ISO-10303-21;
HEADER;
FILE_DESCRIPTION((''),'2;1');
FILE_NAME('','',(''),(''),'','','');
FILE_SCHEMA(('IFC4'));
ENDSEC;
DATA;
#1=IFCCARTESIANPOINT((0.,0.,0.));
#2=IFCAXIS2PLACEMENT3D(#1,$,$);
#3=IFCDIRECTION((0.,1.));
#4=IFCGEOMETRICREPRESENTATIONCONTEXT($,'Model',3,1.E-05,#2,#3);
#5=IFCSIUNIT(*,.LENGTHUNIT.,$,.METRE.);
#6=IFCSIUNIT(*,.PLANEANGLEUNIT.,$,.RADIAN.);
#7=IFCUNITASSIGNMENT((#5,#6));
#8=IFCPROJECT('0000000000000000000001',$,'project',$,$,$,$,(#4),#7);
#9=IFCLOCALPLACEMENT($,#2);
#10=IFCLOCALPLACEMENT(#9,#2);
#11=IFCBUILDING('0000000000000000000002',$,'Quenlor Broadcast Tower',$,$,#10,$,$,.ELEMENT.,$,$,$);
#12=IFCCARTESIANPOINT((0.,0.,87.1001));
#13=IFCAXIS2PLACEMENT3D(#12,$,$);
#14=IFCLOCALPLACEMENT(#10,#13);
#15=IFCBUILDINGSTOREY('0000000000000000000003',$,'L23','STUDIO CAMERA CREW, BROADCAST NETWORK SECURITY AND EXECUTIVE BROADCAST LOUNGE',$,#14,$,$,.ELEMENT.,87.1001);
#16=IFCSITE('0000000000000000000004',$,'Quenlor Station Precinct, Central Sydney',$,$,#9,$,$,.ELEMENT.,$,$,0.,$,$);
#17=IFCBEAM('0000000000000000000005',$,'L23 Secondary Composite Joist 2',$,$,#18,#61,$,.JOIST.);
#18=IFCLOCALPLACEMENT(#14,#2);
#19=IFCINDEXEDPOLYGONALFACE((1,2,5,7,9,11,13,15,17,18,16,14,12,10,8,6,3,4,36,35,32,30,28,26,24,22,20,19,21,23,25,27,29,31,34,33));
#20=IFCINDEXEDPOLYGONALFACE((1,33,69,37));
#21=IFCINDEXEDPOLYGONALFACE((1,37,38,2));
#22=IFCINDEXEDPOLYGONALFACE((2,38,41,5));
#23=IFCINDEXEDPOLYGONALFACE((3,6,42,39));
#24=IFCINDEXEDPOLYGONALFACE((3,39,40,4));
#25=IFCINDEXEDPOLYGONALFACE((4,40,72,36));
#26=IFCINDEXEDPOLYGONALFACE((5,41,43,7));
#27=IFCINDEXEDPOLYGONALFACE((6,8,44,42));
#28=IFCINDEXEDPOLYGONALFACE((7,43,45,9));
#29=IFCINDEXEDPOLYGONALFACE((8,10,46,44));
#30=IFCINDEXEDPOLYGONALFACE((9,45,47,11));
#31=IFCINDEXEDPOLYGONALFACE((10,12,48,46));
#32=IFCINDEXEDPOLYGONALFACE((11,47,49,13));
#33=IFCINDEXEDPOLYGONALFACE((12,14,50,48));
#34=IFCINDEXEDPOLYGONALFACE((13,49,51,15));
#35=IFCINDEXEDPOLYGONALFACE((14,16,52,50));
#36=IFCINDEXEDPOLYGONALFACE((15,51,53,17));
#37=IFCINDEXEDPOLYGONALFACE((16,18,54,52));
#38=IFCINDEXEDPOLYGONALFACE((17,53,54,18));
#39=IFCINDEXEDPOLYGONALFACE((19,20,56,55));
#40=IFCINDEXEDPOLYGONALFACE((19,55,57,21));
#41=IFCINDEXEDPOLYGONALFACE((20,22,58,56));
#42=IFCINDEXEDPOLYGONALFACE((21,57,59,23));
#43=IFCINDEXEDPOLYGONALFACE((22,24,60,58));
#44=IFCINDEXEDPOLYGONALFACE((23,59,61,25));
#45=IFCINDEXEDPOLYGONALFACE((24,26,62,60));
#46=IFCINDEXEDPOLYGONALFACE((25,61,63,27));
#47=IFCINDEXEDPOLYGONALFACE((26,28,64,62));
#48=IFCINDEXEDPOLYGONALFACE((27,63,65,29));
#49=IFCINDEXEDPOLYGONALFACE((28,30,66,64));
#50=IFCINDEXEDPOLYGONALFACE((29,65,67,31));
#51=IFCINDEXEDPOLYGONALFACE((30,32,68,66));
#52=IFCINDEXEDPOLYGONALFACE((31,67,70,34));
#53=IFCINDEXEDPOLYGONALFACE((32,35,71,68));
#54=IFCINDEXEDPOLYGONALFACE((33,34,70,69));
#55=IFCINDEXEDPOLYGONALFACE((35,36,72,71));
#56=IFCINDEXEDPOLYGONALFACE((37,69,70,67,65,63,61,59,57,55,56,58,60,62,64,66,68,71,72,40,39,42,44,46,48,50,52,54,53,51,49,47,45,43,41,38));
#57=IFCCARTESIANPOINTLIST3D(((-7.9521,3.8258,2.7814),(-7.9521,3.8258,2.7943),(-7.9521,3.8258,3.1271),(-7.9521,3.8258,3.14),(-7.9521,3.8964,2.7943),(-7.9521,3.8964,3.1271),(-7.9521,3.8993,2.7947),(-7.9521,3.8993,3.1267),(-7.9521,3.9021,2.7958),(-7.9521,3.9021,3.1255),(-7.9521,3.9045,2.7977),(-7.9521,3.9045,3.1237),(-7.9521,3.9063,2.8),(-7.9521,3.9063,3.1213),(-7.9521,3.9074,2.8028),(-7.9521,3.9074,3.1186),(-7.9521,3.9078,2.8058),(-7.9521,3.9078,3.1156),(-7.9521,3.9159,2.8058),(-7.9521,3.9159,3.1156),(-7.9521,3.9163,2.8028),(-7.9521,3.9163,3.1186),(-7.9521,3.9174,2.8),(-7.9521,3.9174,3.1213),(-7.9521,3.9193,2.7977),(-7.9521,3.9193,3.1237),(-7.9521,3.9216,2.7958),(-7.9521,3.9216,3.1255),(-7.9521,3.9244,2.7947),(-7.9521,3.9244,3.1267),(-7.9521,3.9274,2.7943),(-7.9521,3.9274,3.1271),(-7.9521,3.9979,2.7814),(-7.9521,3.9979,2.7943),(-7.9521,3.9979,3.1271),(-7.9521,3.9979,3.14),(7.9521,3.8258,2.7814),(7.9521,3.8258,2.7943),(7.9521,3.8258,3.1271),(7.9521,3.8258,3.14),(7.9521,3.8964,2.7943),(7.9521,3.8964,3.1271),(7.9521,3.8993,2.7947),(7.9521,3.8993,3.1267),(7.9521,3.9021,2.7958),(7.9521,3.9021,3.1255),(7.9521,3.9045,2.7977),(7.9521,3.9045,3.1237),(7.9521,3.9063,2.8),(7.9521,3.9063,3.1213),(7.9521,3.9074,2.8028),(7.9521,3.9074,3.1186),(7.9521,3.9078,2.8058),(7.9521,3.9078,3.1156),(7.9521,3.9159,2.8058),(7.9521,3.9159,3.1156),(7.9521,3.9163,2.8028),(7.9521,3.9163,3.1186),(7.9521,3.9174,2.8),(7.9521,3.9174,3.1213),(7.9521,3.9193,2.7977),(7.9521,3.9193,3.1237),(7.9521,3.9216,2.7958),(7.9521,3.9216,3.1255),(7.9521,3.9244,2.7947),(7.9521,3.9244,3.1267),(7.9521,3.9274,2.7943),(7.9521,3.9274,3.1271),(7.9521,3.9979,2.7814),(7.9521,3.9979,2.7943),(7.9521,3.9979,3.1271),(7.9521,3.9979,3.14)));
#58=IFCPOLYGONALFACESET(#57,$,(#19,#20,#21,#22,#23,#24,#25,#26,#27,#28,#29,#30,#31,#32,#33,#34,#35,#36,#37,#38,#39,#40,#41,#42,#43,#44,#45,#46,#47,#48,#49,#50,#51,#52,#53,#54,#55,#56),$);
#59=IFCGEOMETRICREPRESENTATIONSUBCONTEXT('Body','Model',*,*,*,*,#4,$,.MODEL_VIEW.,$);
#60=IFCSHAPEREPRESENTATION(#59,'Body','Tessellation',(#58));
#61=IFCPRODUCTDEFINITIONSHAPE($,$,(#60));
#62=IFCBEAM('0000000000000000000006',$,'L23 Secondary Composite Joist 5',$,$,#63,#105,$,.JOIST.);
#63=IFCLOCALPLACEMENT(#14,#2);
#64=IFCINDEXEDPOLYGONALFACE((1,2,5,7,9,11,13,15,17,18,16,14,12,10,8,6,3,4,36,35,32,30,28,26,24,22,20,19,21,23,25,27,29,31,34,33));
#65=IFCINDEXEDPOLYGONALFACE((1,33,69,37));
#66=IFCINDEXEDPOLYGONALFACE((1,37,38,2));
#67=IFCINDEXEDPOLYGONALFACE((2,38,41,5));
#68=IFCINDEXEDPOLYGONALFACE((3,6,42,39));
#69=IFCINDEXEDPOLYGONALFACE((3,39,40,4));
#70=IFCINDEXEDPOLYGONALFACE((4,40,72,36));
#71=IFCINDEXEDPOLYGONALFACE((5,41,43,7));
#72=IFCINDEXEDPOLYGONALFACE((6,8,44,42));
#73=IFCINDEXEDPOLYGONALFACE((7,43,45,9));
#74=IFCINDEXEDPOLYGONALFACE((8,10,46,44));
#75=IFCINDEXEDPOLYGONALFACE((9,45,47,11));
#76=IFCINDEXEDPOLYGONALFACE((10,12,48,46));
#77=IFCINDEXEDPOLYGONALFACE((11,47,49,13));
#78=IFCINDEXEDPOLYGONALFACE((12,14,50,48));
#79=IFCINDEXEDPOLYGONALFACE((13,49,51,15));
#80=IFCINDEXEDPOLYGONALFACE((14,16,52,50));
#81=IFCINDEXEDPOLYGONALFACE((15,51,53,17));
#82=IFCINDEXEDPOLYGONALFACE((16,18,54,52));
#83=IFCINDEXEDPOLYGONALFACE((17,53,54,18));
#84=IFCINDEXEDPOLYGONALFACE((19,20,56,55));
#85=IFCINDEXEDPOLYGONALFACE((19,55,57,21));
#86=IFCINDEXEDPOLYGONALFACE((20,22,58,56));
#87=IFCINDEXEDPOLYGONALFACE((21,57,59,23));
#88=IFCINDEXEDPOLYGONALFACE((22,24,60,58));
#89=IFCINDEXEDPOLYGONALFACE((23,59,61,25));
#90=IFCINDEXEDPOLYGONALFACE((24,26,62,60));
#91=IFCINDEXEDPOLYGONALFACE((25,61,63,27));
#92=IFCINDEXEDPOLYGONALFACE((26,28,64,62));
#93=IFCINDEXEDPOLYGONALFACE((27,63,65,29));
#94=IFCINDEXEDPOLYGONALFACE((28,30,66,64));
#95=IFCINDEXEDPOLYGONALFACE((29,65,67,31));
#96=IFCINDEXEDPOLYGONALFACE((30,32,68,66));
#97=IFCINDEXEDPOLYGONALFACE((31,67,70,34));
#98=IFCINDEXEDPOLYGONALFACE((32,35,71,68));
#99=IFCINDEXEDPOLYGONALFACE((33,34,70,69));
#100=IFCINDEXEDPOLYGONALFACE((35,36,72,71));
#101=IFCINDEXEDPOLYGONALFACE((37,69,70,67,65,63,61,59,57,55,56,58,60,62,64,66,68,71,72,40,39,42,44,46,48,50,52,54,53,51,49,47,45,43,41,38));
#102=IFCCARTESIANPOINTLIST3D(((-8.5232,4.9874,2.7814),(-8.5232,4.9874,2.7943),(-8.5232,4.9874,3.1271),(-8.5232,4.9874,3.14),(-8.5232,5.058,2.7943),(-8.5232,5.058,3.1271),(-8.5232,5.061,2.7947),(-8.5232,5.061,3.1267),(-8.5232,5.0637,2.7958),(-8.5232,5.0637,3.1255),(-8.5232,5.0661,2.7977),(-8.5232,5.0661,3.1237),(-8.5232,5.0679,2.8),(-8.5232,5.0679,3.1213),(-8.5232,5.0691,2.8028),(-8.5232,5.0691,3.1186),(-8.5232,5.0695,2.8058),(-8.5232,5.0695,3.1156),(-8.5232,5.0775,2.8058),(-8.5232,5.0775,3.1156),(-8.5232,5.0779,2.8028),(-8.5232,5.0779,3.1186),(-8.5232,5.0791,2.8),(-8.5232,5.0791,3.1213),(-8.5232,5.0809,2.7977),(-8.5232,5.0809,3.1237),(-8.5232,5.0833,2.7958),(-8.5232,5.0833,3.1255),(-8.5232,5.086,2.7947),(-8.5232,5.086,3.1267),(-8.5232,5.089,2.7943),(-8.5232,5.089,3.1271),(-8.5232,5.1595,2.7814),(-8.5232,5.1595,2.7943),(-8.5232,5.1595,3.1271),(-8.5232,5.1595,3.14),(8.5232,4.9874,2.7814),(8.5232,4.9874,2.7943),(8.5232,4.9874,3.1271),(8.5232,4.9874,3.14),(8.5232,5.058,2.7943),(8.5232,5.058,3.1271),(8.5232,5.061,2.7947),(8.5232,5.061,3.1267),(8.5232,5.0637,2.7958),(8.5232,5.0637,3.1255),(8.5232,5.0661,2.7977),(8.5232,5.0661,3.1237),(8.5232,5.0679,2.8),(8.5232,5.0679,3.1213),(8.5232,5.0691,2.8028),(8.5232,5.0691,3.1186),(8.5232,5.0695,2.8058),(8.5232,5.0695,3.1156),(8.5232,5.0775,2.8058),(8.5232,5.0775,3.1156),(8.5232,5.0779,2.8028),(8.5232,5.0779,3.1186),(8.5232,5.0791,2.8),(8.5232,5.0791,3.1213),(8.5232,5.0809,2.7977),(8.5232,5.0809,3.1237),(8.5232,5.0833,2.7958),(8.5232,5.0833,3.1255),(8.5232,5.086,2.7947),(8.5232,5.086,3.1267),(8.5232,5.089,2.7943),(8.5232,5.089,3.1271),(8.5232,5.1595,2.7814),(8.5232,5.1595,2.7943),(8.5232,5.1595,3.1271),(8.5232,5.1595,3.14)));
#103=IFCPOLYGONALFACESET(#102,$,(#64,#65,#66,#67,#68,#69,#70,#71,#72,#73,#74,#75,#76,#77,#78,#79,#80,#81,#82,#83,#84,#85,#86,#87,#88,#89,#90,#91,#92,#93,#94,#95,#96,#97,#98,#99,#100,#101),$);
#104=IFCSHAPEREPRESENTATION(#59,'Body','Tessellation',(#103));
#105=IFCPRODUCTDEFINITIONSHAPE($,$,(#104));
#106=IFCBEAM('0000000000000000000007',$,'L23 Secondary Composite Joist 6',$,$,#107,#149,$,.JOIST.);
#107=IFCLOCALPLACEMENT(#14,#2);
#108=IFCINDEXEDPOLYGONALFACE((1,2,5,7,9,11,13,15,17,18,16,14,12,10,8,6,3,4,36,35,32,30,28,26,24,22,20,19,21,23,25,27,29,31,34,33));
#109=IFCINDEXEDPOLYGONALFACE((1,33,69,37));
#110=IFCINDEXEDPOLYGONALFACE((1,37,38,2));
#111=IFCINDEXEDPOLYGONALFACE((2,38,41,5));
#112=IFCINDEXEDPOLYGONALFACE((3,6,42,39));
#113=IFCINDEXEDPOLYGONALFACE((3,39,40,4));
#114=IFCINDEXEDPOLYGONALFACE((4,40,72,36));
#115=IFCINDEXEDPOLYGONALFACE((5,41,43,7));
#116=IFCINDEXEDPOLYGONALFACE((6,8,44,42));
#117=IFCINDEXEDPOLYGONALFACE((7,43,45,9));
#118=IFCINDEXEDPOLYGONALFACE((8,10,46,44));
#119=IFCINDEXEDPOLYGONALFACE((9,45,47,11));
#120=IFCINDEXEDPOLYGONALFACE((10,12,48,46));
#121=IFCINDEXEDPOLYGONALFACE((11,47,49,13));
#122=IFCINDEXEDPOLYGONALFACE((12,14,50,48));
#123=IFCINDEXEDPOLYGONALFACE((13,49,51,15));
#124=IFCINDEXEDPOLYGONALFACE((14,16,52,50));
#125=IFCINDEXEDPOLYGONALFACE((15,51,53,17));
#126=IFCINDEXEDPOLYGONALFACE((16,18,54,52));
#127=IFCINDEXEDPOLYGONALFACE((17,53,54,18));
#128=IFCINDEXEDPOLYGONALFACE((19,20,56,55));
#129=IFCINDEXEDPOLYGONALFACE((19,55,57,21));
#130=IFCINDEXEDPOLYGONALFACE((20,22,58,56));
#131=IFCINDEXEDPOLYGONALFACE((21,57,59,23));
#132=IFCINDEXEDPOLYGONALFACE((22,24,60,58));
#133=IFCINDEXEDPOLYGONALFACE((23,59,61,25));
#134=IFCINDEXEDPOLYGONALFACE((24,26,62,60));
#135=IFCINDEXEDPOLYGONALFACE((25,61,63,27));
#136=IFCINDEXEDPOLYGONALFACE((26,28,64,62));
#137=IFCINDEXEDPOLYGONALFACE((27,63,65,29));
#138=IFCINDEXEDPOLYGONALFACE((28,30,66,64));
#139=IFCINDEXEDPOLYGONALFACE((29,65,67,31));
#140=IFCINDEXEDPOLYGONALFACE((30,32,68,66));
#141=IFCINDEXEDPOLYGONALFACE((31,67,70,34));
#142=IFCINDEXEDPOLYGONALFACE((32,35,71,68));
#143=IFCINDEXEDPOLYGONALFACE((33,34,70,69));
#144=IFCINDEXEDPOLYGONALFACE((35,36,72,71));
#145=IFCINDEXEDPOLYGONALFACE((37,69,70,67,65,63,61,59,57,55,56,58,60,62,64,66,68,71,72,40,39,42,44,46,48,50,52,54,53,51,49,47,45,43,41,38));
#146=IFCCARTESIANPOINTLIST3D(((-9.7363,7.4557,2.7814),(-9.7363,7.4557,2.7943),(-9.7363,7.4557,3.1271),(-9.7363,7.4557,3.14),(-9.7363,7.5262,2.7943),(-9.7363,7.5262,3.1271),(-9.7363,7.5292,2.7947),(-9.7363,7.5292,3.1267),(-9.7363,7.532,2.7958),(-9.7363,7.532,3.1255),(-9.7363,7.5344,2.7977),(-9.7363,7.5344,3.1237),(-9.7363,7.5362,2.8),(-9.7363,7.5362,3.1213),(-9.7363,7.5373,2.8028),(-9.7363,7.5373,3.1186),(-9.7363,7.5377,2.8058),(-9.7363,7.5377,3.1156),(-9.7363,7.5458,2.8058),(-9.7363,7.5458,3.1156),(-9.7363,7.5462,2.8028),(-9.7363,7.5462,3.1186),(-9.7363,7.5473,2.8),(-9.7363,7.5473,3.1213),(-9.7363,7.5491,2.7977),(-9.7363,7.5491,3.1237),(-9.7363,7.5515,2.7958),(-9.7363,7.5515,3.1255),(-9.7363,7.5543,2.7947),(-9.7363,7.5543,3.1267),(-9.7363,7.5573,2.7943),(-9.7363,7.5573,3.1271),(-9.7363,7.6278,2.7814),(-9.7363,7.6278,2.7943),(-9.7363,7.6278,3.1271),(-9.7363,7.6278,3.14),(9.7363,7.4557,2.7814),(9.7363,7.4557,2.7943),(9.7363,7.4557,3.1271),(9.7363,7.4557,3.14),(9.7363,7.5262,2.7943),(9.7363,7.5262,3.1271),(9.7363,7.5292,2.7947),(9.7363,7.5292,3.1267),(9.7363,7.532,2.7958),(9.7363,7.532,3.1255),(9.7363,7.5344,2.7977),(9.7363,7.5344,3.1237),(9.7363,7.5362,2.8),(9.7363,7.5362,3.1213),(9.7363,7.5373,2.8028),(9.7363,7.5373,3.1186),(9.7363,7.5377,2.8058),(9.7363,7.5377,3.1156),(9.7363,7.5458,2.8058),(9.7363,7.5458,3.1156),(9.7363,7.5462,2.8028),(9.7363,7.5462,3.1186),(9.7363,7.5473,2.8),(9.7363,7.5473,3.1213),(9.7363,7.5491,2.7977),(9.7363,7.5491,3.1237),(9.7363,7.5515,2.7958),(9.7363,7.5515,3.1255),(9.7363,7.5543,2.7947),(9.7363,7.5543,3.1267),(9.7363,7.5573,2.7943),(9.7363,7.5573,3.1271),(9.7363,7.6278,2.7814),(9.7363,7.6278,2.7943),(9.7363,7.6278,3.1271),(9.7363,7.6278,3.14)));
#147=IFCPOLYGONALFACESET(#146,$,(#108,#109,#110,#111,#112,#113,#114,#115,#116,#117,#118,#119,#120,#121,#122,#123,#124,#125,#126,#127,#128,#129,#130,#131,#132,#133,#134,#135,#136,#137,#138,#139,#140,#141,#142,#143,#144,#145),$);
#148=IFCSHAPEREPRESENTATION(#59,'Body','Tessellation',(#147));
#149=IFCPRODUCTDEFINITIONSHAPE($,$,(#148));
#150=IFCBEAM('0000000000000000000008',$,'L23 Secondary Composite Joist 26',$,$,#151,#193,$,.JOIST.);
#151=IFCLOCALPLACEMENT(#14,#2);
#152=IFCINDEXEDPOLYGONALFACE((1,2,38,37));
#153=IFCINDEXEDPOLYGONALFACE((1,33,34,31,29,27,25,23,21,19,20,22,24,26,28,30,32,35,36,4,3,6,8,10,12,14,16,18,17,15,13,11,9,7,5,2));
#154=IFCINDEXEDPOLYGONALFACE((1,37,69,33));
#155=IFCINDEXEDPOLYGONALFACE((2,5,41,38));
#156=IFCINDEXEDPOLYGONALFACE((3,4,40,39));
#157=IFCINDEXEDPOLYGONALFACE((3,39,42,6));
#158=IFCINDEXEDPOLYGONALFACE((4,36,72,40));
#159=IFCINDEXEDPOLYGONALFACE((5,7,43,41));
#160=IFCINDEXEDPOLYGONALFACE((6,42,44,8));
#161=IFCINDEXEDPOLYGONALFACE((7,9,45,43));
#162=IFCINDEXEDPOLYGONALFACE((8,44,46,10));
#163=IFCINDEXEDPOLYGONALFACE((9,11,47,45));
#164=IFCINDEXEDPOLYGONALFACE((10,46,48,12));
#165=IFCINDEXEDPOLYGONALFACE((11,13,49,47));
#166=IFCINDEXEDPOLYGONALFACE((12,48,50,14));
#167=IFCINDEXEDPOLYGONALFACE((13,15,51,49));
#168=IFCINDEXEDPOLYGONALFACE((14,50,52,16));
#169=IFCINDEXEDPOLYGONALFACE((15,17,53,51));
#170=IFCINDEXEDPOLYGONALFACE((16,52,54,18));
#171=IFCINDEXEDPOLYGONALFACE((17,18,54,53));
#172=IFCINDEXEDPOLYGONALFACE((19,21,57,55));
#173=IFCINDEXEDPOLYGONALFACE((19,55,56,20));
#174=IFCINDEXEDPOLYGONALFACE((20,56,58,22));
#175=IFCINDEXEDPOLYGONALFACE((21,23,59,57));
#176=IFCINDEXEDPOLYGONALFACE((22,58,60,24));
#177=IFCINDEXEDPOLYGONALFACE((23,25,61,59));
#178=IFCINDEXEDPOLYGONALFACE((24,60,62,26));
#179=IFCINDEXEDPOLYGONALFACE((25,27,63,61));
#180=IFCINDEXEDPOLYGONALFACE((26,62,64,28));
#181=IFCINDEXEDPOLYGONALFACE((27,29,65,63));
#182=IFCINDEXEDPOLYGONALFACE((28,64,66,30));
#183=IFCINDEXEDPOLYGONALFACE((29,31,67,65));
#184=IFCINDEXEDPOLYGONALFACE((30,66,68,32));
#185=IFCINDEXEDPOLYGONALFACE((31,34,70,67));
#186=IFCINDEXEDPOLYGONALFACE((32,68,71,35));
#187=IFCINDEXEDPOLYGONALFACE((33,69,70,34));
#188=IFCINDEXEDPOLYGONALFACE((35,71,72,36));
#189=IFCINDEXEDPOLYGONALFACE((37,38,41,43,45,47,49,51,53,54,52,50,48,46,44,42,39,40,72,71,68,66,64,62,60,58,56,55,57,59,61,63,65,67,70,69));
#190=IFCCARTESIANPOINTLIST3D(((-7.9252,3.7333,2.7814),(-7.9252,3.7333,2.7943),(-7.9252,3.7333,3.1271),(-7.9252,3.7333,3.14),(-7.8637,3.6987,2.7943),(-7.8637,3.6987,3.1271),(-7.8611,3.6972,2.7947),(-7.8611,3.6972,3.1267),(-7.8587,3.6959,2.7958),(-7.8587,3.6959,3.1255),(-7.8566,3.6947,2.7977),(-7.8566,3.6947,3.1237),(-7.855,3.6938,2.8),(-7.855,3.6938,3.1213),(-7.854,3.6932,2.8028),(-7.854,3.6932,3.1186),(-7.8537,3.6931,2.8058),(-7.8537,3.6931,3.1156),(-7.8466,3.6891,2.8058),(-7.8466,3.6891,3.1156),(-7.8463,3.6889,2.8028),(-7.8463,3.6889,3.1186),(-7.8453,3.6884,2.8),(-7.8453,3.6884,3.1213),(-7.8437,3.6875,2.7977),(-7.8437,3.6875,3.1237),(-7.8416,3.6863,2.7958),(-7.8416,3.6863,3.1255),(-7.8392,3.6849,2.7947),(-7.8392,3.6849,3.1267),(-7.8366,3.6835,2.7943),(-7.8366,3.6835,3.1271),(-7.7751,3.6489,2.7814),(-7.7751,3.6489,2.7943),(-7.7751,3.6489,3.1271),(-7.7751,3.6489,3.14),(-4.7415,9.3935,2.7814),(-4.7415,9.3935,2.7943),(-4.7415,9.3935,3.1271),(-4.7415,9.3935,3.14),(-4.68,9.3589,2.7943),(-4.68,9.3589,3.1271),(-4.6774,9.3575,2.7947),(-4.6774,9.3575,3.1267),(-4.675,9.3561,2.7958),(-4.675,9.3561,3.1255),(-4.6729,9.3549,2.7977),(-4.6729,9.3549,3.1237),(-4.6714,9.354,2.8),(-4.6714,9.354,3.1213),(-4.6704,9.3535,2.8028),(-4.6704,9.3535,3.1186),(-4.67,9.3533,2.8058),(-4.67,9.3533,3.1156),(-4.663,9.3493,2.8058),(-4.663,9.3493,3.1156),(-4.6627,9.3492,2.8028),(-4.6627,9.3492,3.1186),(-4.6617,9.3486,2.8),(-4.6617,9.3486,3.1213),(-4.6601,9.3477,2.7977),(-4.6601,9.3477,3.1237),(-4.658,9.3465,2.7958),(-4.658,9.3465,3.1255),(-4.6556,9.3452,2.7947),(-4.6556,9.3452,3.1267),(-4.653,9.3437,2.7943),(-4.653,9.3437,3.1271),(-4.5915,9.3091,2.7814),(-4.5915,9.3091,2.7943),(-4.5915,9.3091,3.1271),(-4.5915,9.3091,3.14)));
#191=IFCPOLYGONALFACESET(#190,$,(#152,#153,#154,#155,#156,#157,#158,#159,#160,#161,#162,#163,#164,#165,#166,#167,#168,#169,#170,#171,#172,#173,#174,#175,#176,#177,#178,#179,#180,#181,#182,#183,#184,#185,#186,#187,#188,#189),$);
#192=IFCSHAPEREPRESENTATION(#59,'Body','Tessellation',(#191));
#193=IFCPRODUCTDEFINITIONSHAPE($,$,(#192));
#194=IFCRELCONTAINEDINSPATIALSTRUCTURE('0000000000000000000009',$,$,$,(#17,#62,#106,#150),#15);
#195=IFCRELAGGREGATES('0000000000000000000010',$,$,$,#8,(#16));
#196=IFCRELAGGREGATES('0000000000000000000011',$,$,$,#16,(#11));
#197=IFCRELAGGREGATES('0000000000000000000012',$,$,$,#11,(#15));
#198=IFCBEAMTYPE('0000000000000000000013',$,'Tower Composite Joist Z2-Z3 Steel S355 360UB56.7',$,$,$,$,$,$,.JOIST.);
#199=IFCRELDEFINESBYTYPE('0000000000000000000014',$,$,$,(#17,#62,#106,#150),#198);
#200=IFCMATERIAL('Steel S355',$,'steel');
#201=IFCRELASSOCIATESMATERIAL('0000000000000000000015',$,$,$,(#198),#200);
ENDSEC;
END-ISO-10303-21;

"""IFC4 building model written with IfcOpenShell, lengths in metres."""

from ifc_helpers import new_model, si_unit, direction, frame, origin, origin_2d, place, context, subcontext, project, spatial, i_section, extrude, material, material_profile, profile_set, type_object, element, save


model = new_model("IFC4")

# Units and contexts
model_context = context("Model", 3, precision=1e-05, world=origin(), true_north=direction((0.0, 1.0)))
body_context = subcontext(model_context, "Body", "Model", "MODEL_VIEW")
ifc_project = project(units=[si_unit("LENGTHUNIT", "METRE"), si_unit("PLANEANGLEUNIT", "RADIAN")], contexts=[model_context])

# Site, building, storey
site_placement = place(None, origin())
site = spatial("IfcSite", under=ifc_project, at=site_placement, Name="Quenlor Station Precinct, Central Sydney", CompositionType="ELEMENT", RefElevation=0.0)
building_placement = place(site_placement, origin())
building = spatial("IfcBuilding", under=site, at=building_placement, Name="Quenlor Broadcast Tower", CompositionType="ELEMENT")
storey_placement = place(building_placement, frame((0.0, 0.0, 87.1001)))
storey = spatial("IfcBuildingStorey", under=building, at=storey_placement, Name="L23", Description="STUDIO CAMERA CREW, BROADCAST NETWORK SECURITY AND EXECUTIVE BROADCAST LOUNGE", CompositionType="ELEMENT", Elevation=87.1001)

# Beams
ifc_material_1 = material(Name="Steel S355", Category="steel")
ifc_material_profile_1 = material_profile(ifc_material_1, i_section(OverallWidth=0.1721, OverallDepth=0.3586, WebThickness=0.0081, FlangeThickness=0.0129, FilletRadius=0.0115, at=origin_2d()))
ifc_profile_set_1 = profile_set([ifc_material_profile_1], Name="Steel S355 360UB56.7")
beam_type_1 = type_object("IfcBeamType", Name="Tower Composite Joist Z2-Z3 Steel S355 360UB56.7", PredefinedType="JOIST", material=ifc_profile_set_1)
beam_1_placement = place(storey_placement, frame((-7.9521, 3.9119, 2.9607), z_axis=(1.0, 0.0, 0.0), x_axis=(0.0, 1.0, 0.0)))
element("IfcBeam", 1, at=beam_1_placement, inside=storey, type_object=beam_type_1, Name="L23 Secondary Composite Joist 2", PredefinedType="JOIST", context=body_context, shape_type="SweptSolid", body=[
    extrude(i_section(OverallWidth=0.1721, OverallDepth=0.3586, WebThickness=0.0081, FlangeThickness=0.0129, FilletRadius=0.0115, at=origin_2d()), origin(), (0.0, 0.0, 1.0), 15.9043),
])
beam_2_placement = place(storey_placement, frame((-8.5232, 5.0735, 2.9607), z_axis=(1.0, 0.0, 0.0), x_axis=(0.0, 1.0, 0.0)))
element("IfcBeam", 2, at=beam_2_placement, inside=storey, type_object=beam_type_1, Name="L23 Secondary Composite Joist 5", PredefinedType="JOIST", context=body_context, shape_type="SweptSolid", body=[
    extrude(i_section(OverallWidth=0.1721, OverallDepth=0.3586, WebThickness=0.0081, FlangeThickness=0.0129, FilletRadius=0.0115, at=origin_2d()), origin(), (0.0, 0.0, 1.0), 17.0464),
])
beam_3_placement = place(storey_placement, frame((-9.7363, 7.5417, 2.9607), z_axis=(1.0, 0.0, 0.0), x_axis=(0.0, 1.0, 0.0)))
element("IfcBeam", 3, at=beam_3_placement, inside=storey, type_object=beam_type_1, Name="L23 Secondary Composite Joist 6", PredefinedType="JOIST", context=body_context, shape_type="SweptSolid", body=[
    extrude(i_section(OverallWidth=0.1721, OverallDepth=0.3586, WebThickness=0.0081, FlangeThickness=0.0129, FilletRadius=0.0115, at=origin_2d()), origin(), (0.0, 0.0, 1.0), 19.4727),
])
beam_4_placement = place(storey_placement, frame((-4.6665, 9.3513, 2.9607), z_axis=(-0.490233, -0.871592, 0.0), x_axis=(0.871592, -0.490233, 0.0)))
element("IfcBeam", 4, at=beam_4_placement, inside=storey, type_object=beam_type_1, Name="L23 Secondary Composite Joist 26", PredefinedType="JOIST", context=body_context, shape_type="SweptSolid", body=[
    extrude(i_section(OverallWidth=0.1721, OverallDepth=0.3586, WebThickness=0.0081, FlangeThickness=0.0129, FilletRadius=0.0115, at=origin_2d()), origin(), (0.0, 0.0, 1.0), 6.4941),
])

save(model, "model.ifc")
